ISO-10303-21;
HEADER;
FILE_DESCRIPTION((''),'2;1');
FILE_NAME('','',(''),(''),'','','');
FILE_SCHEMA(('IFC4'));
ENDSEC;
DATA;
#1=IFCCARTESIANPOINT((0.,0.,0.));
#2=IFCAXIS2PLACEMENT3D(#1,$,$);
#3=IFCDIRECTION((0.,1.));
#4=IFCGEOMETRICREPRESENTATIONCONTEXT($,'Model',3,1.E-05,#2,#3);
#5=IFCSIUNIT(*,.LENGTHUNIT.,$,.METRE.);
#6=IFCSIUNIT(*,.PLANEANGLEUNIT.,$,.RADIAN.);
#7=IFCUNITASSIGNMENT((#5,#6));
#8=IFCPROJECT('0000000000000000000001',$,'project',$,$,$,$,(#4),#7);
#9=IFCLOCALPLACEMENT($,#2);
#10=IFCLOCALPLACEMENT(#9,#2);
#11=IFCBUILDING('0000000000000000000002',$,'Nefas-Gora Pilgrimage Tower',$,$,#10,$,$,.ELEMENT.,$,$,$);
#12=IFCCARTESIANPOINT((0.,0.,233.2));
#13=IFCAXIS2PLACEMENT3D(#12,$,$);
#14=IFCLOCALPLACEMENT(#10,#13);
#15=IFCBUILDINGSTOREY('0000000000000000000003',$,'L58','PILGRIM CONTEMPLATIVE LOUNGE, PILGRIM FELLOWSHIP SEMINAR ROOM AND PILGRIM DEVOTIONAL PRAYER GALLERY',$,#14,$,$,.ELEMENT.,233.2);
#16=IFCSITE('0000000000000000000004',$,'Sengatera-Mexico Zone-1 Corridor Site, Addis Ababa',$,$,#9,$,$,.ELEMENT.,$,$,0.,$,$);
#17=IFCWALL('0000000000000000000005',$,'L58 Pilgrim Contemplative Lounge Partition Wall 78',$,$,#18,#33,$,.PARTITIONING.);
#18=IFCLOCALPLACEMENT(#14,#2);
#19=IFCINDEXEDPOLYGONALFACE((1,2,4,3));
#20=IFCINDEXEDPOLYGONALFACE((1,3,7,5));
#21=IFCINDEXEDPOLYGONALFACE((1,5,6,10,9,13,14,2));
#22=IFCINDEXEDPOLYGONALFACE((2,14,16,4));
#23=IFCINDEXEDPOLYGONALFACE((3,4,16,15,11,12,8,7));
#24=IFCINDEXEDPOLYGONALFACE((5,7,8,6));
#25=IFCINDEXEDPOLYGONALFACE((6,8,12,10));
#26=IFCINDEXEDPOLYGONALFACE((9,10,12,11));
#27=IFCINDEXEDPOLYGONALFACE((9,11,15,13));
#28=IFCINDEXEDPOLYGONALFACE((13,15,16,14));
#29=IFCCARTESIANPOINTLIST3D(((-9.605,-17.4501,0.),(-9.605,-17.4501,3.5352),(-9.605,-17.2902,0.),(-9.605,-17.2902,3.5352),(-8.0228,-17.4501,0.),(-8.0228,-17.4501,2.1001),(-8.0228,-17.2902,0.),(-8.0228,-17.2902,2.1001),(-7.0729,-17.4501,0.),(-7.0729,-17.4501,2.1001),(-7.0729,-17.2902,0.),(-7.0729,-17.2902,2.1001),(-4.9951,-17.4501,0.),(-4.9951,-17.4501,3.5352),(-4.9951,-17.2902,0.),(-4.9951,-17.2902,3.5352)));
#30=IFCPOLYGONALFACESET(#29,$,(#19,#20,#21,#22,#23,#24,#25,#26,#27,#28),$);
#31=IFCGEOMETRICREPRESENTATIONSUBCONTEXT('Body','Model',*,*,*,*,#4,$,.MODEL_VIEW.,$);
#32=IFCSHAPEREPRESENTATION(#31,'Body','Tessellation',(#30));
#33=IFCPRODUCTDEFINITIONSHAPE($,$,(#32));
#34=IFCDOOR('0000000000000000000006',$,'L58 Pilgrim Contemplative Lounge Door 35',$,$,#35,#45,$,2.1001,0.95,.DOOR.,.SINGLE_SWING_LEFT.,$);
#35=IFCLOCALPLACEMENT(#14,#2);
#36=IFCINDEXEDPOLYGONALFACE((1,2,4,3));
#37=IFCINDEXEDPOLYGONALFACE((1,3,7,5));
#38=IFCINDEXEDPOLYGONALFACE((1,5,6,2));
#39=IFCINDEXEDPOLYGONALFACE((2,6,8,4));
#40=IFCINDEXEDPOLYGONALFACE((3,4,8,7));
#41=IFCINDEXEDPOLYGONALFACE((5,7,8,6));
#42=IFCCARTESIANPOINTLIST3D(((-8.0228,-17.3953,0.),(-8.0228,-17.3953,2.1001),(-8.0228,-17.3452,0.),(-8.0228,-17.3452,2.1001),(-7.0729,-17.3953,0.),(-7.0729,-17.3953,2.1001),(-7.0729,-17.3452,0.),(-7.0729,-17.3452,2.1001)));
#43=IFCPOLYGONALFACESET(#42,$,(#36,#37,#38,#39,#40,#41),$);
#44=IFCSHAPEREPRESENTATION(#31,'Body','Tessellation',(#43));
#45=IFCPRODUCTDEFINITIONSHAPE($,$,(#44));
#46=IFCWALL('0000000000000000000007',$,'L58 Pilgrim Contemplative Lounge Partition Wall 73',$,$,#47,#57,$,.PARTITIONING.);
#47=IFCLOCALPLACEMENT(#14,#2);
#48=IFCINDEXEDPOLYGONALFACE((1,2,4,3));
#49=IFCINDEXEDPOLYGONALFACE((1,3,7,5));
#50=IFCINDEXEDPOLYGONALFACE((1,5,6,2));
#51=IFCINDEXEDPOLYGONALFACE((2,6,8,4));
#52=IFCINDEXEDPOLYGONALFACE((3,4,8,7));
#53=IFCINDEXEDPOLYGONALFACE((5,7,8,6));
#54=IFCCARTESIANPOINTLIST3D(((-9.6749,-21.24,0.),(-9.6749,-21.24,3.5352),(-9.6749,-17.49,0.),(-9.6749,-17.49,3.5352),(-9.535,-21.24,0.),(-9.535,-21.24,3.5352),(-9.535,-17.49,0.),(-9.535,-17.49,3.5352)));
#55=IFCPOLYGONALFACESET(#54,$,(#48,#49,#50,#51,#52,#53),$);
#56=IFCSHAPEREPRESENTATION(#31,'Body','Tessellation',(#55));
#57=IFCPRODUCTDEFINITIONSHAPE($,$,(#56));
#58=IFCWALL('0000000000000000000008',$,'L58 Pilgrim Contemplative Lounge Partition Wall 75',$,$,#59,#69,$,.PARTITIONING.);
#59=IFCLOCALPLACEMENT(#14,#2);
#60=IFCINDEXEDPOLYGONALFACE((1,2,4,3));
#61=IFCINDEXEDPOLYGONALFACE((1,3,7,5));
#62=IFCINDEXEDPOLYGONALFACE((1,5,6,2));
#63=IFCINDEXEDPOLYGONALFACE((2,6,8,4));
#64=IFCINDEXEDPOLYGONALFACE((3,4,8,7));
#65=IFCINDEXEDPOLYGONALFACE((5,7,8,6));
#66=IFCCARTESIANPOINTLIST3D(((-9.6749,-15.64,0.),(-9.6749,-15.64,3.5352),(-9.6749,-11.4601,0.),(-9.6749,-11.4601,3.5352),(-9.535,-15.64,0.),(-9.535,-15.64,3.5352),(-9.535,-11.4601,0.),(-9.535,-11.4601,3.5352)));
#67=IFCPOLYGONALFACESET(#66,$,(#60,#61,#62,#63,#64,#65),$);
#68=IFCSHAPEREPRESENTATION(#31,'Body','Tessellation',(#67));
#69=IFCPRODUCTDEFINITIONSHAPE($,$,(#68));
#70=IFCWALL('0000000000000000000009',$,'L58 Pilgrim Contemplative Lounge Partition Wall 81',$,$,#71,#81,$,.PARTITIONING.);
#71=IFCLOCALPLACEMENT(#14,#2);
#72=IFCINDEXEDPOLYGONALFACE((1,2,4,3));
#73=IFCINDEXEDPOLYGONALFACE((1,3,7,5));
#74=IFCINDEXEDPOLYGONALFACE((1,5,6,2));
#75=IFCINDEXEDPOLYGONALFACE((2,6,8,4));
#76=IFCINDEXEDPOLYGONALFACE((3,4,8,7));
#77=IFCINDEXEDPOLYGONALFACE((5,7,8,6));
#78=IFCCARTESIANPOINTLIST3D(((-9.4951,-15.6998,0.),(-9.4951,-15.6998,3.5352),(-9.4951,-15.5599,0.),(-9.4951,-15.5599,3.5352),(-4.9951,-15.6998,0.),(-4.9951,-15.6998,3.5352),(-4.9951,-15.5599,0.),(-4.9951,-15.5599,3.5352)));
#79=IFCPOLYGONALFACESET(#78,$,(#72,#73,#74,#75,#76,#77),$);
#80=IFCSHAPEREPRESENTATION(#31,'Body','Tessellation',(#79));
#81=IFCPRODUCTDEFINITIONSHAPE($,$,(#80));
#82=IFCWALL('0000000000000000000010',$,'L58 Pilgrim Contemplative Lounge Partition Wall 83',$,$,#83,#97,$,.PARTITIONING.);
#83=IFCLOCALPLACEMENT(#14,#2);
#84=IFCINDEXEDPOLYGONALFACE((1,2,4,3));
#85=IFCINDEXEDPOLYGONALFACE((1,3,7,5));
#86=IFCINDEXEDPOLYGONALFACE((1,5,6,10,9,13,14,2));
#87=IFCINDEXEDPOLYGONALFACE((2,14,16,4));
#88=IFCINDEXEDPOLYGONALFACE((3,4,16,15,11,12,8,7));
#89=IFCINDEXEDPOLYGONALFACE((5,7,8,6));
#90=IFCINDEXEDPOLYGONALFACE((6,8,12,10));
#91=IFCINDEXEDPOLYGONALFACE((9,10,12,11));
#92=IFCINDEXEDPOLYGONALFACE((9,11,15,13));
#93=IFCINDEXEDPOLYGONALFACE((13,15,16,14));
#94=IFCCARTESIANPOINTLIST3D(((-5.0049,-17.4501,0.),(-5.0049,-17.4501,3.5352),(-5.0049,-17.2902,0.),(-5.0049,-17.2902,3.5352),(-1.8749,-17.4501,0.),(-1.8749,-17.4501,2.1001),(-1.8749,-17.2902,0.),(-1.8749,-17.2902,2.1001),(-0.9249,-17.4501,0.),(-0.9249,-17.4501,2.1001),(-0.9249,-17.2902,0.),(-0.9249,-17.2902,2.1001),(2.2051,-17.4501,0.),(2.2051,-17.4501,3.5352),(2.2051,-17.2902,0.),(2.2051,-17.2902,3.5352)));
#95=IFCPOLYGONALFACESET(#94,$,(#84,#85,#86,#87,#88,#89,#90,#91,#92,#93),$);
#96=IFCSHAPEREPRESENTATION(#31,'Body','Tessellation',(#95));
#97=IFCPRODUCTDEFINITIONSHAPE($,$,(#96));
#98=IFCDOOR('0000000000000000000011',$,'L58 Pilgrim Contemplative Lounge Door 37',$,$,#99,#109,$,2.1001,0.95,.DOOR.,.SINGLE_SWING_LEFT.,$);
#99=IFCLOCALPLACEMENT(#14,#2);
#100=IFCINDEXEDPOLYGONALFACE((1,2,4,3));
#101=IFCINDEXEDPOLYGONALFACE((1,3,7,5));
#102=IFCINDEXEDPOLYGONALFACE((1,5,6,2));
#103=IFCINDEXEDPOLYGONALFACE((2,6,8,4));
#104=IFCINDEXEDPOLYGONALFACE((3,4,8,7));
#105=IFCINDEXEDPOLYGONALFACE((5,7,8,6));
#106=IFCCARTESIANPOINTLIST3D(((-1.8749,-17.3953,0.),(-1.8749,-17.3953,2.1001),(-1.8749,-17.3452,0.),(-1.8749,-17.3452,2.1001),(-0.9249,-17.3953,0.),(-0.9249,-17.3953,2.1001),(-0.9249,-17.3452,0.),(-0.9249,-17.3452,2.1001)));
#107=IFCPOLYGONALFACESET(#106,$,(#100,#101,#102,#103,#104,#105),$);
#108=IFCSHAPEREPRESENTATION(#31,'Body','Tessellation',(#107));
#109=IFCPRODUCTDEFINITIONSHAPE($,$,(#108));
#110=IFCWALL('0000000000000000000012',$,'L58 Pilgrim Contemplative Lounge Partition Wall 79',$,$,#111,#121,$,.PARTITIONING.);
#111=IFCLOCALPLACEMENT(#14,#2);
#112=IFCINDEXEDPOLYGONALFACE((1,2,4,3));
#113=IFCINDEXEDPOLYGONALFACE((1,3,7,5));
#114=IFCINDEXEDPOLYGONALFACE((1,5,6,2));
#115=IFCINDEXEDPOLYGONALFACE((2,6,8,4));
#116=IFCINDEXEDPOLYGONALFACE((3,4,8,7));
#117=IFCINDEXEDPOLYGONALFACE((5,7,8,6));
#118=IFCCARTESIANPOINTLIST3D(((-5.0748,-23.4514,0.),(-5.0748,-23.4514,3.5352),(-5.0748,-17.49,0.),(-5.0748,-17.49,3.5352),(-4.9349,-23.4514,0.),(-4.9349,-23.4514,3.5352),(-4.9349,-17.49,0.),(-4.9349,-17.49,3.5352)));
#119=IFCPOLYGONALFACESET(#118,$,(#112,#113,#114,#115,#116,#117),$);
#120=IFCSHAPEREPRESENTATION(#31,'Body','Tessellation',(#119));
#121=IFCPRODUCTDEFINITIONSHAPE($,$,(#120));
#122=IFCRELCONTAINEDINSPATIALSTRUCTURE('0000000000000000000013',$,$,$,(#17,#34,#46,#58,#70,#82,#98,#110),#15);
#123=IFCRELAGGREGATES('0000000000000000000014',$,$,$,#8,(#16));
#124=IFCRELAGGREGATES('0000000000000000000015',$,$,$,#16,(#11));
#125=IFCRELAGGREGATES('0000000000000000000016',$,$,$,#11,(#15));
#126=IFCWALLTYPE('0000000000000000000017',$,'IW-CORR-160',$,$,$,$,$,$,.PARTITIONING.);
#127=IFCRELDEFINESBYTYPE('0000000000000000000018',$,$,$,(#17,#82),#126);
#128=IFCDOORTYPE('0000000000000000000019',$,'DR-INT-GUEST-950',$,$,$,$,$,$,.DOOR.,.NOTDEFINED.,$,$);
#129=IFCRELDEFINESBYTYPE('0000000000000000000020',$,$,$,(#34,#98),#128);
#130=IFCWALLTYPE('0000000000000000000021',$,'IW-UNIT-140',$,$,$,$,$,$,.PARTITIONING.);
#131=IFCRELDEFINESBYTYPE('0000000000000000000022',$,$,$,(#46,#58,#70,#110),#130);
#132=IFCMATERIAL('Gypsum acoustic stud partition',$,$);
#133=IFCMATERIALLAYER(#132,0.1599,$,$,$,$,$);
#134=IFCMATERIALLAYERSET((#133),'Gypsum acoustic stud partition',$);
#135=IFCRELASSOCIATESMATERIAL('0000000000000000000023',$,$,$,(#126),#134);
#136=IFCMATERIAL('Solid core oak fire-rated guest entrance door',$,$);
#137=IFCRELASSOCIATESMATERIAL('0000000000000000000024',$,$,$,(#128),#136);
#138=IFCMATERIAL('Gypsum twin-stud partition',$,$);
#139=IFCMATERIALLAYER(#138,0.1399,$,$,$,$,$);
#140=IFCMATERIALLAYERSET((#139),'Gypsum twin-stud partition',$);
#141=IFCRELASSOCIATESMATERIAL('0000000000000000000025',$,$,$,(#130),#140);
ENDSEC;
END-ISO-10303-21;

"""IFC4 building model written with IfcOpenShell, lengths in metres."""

from ifc_helpers import new_model, si_unit, direction, frame, frame_2d, origin, place, context, subcontext, project, spatial, rectangle, extrude, source, transform, mapped, material, layer, layer_set, type_object, element, fill, save


model = new_model("IFC4")

# Units and contexts
model_context = context("Model", 3, precision=1e-05, world=origin(), true_north=direction((0.0, 1.0)))
body_context = subcontext(model_context, "Body", "Model", "MODEL_VIEW")
ifc_project = project(units=[si_unit("LENGTHUNIT", "METRE"), si_unit("PLANEANGLEUNIT", "RADIAN")], contexts=[model_context])

# Site, building, storey
site_placement = place(None, origin())
site = spatial("IfcSite", under=ifc_project, at=site_placement, Name="Sengatera-Mexico Zone-1 Corridor Site, Addis Ababa", CompositionType="ELEMENT", RefElevation=0.0)
building_placement = place(site_placement, origin())
building = spatial("IfcBuilding", under=site, at=building_placement, Name="Nefas-Gora Pilgrimage Tower", CompositionType="ELEMENT")
storey_placement = place(building_placement, frame((0.0, 0.0, 233.2)))
storey = spatial("IfcBuildingStorey", under=building, at=storey_placement, Name="L58", Description="PILGRIM CONTEMPLATIVE LOUNGE, PILGRIM FELLOWSHIP SEMINAR ROOM AND PILGRIM DEVOTIONAL PRAYER GALLERY", CompositionType="ELEMENT", Elevation=233.2)

# Wall, opening, door
ifc_material_1 = material(Name="Gypsum acoustic stud partition")
ifc_layer_1 = layer(ifc_material_1, 0.1599)
ifc_layer_set_1 = layer_set([ifc_layer_1], Name="Gypsum acoustic stud partition")
wall_type_1 = type_object("IfcWallType", Name="IW-CORR-160", PredefinedType="PARTITIONING", material=ifc_layer_set_1)
shared_shape_1 = source(origin(), body_context, "Body", "SweptSolid", [
    extrude(rectangle(XDim=4.6099, YDim=0.1599, at=frame_2d((2.3049, 0.0))), origin(), (0.0, 0.0, 1.0), 3.5352),
])
wall_1_placement = place(storey_placement, frame((-9.605, -17.3701, 0.0), z_axis=(0.0, 0.0, 1.0), x_axis=(1.0, 0.0, 0.0)))
wall_1 = element("IfcWall", 1, at=wall_1_placement, inside=storey, type_object=wall_type_1, Name="L58 Pilgrim Contemplative Lounge Partition Wall 78", PredefinedType="PARTITIONING", context=body_context, shape_type="MappedRepresentation", body=[
    mapped(shared_shape_1, transform((0.0, 0.0, 0.0), x_axis=(1.0, 0.0, 0.0), y_axis=(0.0, 1.0, 0.0), z_axis=(0.0, 0.0, 1.0), scale=1.0)),
])
opening_1_placement = place(wall_1_placement, frame((1.582, 0.0, 0.0)))
opening_1 = element("IfcOpeningElement", 2, at=opening_1_placement, cuts=wall_1, PredefinedType="OPENING", context=body_context, shape_type="SweptSolid", body=[
    extrude(rectangle(XDim=0.95, YDim=2.1001, at=frame_2d((0.4751, 1.05))), frame((0.0, 0.0898, 0.0), z_axis=(0.0, -1.0, 0.0), x_axis=(1.0, 0.0, 0.0)), (0.0, 0.0, 1.0), 0.1799),
])
ifc_material_2 = material(Name="Solid core oak fire-rated guest entrance door")
door_type_1 = type_object("IfcDoorType", Name="DR-INT-GUEST-950", OperationType="NOTDEFINED", PredefinedType="DOOR", material=ifc_material_2)
shared_shape_2 = source(origin(), body_context, "Body", "SweptSolid", [
    extrude(rectangle(XDim=0.95, YDim=2.1001, at=frame_2d((0.4751, 1.05))), frame((0.0, 0.0249, 0.0), z_axis=(0.0, -1.0, 0.0), x_axis=(1.0, 0.0, 0.0)), (0.0, 0.0, 1.0), 0.05),
])
door_1_placement = place(opening_1_placement, origin())
door_1 = element("IfcDoor", 3, at=door_1_placement, inside=storey, type_object=door_type_1, Name="L58 Pilgrim Contemplative Lounge Door 35", OperationType="SINGLE_SWING_LEFT", OverallHeight=2.1001, OverallWidth=0.95, PredefinedType="DOOR", context=body_context, shape_type="MappedRepresentation", body=[
    mapped(shared_shape_2, transform((0.0, 0.0, 0.0), x_axis=(1.0, 0.0, 0.0), y_axis=(0.0, 1.0, 0.0), z_axis=(0.0, 0.0, 1.0), scale=1.0)),
])
fill(opening_1, door_1)

# Walls
ifc_material_3 = material(Name="Gypsum twin-stud partition")
ifc_layer_2 = layer(ifc_material_3, 0.1399)
ifc_layer_set_2 = layer_set([ifc_layer_2], Name="Gypsum twin-stud partition")
wall_type_2 = type_object("IfcWallType", Name="IW-UNIT-140", PredefinedType="PARTITIONING", material=ifc_layer_set_2)
shared_shape_3 = source(origin(), body_context, "Body", "SweptSolid", [
    extrude(rectangle(XDim=3.75, YDim=0.1399, at=frame_2d((1.875, 0.0))), origin(), (0.0, 0.0, 1.0), 3.5352),
])
wall_2_placement = place(storey_placement, frame((-9.605, -21.24, 0.0), z_axis=(0.0, 0.0, 1.0), x_axis=(0.0, 1.0, 0.0)))
element("IfcWall", 4, at=wall_2_placement, inside=storey, type_object=wall_type_2, Name="L58 Pilgrim Contemplative Lounge Partition Wall 73", PredefinedType="PARTITIONING", context=body_context, shape_type="MappedRepresentation", body=[
    mapped(shared_shape_3, transform((0.0, 0.0, 0.0), x_axis=(1.0, 0.0, 0.0), y_axis=(0.0, 1.0, 0.0), z_axis=(0.0, 0.0, 1.0), scale=1.0)),
])
shared_shape_4 = source(origin(), body_context, "Body", "SweptSolid", [
    extrude(rectangle(XDim=4.1799, YDim=0.1399, at=frame_2d((2.0898, 0.0))), origin(), (0.0, 0.0, 1.0), 3.5352),
])
wall_3_placement = place(storey_placement, frame((-9.605, -15.6399, 0.0), z_axis=(0.0, 0.0, 1.0), x_axis=(0.0, 1.0, 0.0)))
element("IfcWall", 5, at=wall_3_placement, inside=storey, type_object=wall_type_2, Name="L58 Pilgrim Contemplative Lounge Partition Wall 75", PredefinedType="PARTITIONING", context=body_context, shape_type="MappedRepresentation", body=[
    mapped(shared_shape_4, transform((0.0, 0.0, 0.0), x_axis=(1.0, 0.0, 0.0), y_axis=(0.0, 1.0, 0.0), z_axis=(0.0, 0.0, 1.0), scale=1.0)),
])
shared_shape_5 = source(origin(), body_context, "Body", "SweptSolid", [
    extrude(rectangle(XDim=4.5, YDim=0.1399, at=frame_2d((2.25, 0.0))), origin(), (0.0, 0.0, 1.0), 3.5352),
])
wall_4_placement = place(storey_placement, frame((-9.4951, -15.6299, 0.0), z_axis=(0.0, 0.0, 1.0), x_axis=(1.0, 0.0, 0.0)))
element("IfcWall", 6, at=wall_4_placement, inside=storey, type_object=wall_type_2, Name="L58 Pilgrim Contemplative Lounge Partition Wall 81", PredefinedType="PARTITIONING", context=body_context, shape_type="MappedRepresentation", body=[
    mapped(shared_shape_5, transform((0.0, 0.0, 0.0), x_axis=(1.0, 0.0, 0.0), y_axis=(0.0, 1.0, 0.0), z_axis=(0.0, 0.0, 1.0), scale=1.0)),
])

# Wall, opening, door
shared_shape_6 = source(origin(), body_context, "Body", "SweptSolid", [
    extrude(rectangle(XDim=7.21, YDim=0.1599, at=frame_2d((3.605, 0.0))), origin(), (0.0, 0.0, 1.0), 3.5352),
])
wall_5_placement = place(storey_placement, frame((-5.0049, -17.3701, 0.0), z_axis=(0.0, 0.0, 1.0), x_axis=(1.0, 0.0, 0.0)))
wall_5 = element("IfcWall", 7, at=wall_5_placement, inside=storey, type_object=wall_type_1, Name="L58 Pilgrim Contemplative Lounge Partition Wall 83", PredefinedType="PARTITIONING", context=body_context, shape_type="MappedRepresentation", body=[
    mapped(shared_shape_6, transform((0.0, 0.0, 0.0), x_axis=(1.0, 0.0, 0.0), y_axis=(0.0, 1.0, 0.0), z_axis=(0.0, 0.0, 1.0), scale=1.0)),
])
opening_2_placement = place(wall_5_placement, frame((3.1299, 0.0, 0.0)))
opening_2 = element("IfcOpeningElement", 8, at=opening_2_placement, cuts=wall_5, PredefinedType="OPENING", context=body_context, shape_type="SweptSolid", body=[
    extrude(rectangle(XDim=0.95, YDim=2.1001, at=frame_2d((0.4751, 1.05))), frame((0.0, 0.0898, 0.0), z_axis=(0.0, -1.0, 0.0), x_axis=(1.0, 0.0, 0.0)), (0.0, 0.0, 1.0), 0.1799),
])
door_2_placement = place(opening_2_placement, origin())
door_2 = element("IfcDoor", 9, at=door_2_placement, inside=storey, type_object=door_type_1, Name="L58 Pilgrim Contemplative Lounge Door 37", OperationType="SINGLE_SWING_LEFT", OverallHeight=2.1001, OverallWidth=0.95, PredefinedType="DOOR", context=body_context, shape_type="MappedRepresentation", body=[
    mapped(shared_shape_2, transform((0.0, 0.0, 0.0), x_axis=(1.0, 0.0, 0.0), y_axis=(0.0, 1.0, 0.0), z_axis=(0.0, 0.0, 1.0), scale=1.0)),
])
fill(opening_2, door_2)

# Wall
shared_shape_7 = source(origin(), body_context, "Body", "SweptSolid", [
    extrude(rectangle(XDim=5.9614, YDim=0.1399, at=frame_2d((2.9807, 0.0))), origin(), (0.0, 0.0, 1.0), 3.5352),
])
wall_6_placement = place(storey_placement, frame((-5.0049, -23.4514, 0.0), z_axis=(0.0, 0.0, 1.0), x_axis=(0.0, 1.0, 0.0)))
element("IfcWall", 10, at=wall_6_placement, inside=storey, type_object=wall_type_2, Name="L58 Pilgrim Contemplative Lounge Partition Wall 79", PredefinedType="PARTITIONING", context=body_context, shape_type="MappedRepresentation", body=[
    mapped(shared_shape_7, transform((0.0, 0.0, 0.0), x_axis=(1.0, 0.0, 0.0), y_axis=(0.0, 1.0, 0.0), z_axis=(0.0, 0.0, 1.0), scale=1.0)),
])

save(model, "model.ifc")
